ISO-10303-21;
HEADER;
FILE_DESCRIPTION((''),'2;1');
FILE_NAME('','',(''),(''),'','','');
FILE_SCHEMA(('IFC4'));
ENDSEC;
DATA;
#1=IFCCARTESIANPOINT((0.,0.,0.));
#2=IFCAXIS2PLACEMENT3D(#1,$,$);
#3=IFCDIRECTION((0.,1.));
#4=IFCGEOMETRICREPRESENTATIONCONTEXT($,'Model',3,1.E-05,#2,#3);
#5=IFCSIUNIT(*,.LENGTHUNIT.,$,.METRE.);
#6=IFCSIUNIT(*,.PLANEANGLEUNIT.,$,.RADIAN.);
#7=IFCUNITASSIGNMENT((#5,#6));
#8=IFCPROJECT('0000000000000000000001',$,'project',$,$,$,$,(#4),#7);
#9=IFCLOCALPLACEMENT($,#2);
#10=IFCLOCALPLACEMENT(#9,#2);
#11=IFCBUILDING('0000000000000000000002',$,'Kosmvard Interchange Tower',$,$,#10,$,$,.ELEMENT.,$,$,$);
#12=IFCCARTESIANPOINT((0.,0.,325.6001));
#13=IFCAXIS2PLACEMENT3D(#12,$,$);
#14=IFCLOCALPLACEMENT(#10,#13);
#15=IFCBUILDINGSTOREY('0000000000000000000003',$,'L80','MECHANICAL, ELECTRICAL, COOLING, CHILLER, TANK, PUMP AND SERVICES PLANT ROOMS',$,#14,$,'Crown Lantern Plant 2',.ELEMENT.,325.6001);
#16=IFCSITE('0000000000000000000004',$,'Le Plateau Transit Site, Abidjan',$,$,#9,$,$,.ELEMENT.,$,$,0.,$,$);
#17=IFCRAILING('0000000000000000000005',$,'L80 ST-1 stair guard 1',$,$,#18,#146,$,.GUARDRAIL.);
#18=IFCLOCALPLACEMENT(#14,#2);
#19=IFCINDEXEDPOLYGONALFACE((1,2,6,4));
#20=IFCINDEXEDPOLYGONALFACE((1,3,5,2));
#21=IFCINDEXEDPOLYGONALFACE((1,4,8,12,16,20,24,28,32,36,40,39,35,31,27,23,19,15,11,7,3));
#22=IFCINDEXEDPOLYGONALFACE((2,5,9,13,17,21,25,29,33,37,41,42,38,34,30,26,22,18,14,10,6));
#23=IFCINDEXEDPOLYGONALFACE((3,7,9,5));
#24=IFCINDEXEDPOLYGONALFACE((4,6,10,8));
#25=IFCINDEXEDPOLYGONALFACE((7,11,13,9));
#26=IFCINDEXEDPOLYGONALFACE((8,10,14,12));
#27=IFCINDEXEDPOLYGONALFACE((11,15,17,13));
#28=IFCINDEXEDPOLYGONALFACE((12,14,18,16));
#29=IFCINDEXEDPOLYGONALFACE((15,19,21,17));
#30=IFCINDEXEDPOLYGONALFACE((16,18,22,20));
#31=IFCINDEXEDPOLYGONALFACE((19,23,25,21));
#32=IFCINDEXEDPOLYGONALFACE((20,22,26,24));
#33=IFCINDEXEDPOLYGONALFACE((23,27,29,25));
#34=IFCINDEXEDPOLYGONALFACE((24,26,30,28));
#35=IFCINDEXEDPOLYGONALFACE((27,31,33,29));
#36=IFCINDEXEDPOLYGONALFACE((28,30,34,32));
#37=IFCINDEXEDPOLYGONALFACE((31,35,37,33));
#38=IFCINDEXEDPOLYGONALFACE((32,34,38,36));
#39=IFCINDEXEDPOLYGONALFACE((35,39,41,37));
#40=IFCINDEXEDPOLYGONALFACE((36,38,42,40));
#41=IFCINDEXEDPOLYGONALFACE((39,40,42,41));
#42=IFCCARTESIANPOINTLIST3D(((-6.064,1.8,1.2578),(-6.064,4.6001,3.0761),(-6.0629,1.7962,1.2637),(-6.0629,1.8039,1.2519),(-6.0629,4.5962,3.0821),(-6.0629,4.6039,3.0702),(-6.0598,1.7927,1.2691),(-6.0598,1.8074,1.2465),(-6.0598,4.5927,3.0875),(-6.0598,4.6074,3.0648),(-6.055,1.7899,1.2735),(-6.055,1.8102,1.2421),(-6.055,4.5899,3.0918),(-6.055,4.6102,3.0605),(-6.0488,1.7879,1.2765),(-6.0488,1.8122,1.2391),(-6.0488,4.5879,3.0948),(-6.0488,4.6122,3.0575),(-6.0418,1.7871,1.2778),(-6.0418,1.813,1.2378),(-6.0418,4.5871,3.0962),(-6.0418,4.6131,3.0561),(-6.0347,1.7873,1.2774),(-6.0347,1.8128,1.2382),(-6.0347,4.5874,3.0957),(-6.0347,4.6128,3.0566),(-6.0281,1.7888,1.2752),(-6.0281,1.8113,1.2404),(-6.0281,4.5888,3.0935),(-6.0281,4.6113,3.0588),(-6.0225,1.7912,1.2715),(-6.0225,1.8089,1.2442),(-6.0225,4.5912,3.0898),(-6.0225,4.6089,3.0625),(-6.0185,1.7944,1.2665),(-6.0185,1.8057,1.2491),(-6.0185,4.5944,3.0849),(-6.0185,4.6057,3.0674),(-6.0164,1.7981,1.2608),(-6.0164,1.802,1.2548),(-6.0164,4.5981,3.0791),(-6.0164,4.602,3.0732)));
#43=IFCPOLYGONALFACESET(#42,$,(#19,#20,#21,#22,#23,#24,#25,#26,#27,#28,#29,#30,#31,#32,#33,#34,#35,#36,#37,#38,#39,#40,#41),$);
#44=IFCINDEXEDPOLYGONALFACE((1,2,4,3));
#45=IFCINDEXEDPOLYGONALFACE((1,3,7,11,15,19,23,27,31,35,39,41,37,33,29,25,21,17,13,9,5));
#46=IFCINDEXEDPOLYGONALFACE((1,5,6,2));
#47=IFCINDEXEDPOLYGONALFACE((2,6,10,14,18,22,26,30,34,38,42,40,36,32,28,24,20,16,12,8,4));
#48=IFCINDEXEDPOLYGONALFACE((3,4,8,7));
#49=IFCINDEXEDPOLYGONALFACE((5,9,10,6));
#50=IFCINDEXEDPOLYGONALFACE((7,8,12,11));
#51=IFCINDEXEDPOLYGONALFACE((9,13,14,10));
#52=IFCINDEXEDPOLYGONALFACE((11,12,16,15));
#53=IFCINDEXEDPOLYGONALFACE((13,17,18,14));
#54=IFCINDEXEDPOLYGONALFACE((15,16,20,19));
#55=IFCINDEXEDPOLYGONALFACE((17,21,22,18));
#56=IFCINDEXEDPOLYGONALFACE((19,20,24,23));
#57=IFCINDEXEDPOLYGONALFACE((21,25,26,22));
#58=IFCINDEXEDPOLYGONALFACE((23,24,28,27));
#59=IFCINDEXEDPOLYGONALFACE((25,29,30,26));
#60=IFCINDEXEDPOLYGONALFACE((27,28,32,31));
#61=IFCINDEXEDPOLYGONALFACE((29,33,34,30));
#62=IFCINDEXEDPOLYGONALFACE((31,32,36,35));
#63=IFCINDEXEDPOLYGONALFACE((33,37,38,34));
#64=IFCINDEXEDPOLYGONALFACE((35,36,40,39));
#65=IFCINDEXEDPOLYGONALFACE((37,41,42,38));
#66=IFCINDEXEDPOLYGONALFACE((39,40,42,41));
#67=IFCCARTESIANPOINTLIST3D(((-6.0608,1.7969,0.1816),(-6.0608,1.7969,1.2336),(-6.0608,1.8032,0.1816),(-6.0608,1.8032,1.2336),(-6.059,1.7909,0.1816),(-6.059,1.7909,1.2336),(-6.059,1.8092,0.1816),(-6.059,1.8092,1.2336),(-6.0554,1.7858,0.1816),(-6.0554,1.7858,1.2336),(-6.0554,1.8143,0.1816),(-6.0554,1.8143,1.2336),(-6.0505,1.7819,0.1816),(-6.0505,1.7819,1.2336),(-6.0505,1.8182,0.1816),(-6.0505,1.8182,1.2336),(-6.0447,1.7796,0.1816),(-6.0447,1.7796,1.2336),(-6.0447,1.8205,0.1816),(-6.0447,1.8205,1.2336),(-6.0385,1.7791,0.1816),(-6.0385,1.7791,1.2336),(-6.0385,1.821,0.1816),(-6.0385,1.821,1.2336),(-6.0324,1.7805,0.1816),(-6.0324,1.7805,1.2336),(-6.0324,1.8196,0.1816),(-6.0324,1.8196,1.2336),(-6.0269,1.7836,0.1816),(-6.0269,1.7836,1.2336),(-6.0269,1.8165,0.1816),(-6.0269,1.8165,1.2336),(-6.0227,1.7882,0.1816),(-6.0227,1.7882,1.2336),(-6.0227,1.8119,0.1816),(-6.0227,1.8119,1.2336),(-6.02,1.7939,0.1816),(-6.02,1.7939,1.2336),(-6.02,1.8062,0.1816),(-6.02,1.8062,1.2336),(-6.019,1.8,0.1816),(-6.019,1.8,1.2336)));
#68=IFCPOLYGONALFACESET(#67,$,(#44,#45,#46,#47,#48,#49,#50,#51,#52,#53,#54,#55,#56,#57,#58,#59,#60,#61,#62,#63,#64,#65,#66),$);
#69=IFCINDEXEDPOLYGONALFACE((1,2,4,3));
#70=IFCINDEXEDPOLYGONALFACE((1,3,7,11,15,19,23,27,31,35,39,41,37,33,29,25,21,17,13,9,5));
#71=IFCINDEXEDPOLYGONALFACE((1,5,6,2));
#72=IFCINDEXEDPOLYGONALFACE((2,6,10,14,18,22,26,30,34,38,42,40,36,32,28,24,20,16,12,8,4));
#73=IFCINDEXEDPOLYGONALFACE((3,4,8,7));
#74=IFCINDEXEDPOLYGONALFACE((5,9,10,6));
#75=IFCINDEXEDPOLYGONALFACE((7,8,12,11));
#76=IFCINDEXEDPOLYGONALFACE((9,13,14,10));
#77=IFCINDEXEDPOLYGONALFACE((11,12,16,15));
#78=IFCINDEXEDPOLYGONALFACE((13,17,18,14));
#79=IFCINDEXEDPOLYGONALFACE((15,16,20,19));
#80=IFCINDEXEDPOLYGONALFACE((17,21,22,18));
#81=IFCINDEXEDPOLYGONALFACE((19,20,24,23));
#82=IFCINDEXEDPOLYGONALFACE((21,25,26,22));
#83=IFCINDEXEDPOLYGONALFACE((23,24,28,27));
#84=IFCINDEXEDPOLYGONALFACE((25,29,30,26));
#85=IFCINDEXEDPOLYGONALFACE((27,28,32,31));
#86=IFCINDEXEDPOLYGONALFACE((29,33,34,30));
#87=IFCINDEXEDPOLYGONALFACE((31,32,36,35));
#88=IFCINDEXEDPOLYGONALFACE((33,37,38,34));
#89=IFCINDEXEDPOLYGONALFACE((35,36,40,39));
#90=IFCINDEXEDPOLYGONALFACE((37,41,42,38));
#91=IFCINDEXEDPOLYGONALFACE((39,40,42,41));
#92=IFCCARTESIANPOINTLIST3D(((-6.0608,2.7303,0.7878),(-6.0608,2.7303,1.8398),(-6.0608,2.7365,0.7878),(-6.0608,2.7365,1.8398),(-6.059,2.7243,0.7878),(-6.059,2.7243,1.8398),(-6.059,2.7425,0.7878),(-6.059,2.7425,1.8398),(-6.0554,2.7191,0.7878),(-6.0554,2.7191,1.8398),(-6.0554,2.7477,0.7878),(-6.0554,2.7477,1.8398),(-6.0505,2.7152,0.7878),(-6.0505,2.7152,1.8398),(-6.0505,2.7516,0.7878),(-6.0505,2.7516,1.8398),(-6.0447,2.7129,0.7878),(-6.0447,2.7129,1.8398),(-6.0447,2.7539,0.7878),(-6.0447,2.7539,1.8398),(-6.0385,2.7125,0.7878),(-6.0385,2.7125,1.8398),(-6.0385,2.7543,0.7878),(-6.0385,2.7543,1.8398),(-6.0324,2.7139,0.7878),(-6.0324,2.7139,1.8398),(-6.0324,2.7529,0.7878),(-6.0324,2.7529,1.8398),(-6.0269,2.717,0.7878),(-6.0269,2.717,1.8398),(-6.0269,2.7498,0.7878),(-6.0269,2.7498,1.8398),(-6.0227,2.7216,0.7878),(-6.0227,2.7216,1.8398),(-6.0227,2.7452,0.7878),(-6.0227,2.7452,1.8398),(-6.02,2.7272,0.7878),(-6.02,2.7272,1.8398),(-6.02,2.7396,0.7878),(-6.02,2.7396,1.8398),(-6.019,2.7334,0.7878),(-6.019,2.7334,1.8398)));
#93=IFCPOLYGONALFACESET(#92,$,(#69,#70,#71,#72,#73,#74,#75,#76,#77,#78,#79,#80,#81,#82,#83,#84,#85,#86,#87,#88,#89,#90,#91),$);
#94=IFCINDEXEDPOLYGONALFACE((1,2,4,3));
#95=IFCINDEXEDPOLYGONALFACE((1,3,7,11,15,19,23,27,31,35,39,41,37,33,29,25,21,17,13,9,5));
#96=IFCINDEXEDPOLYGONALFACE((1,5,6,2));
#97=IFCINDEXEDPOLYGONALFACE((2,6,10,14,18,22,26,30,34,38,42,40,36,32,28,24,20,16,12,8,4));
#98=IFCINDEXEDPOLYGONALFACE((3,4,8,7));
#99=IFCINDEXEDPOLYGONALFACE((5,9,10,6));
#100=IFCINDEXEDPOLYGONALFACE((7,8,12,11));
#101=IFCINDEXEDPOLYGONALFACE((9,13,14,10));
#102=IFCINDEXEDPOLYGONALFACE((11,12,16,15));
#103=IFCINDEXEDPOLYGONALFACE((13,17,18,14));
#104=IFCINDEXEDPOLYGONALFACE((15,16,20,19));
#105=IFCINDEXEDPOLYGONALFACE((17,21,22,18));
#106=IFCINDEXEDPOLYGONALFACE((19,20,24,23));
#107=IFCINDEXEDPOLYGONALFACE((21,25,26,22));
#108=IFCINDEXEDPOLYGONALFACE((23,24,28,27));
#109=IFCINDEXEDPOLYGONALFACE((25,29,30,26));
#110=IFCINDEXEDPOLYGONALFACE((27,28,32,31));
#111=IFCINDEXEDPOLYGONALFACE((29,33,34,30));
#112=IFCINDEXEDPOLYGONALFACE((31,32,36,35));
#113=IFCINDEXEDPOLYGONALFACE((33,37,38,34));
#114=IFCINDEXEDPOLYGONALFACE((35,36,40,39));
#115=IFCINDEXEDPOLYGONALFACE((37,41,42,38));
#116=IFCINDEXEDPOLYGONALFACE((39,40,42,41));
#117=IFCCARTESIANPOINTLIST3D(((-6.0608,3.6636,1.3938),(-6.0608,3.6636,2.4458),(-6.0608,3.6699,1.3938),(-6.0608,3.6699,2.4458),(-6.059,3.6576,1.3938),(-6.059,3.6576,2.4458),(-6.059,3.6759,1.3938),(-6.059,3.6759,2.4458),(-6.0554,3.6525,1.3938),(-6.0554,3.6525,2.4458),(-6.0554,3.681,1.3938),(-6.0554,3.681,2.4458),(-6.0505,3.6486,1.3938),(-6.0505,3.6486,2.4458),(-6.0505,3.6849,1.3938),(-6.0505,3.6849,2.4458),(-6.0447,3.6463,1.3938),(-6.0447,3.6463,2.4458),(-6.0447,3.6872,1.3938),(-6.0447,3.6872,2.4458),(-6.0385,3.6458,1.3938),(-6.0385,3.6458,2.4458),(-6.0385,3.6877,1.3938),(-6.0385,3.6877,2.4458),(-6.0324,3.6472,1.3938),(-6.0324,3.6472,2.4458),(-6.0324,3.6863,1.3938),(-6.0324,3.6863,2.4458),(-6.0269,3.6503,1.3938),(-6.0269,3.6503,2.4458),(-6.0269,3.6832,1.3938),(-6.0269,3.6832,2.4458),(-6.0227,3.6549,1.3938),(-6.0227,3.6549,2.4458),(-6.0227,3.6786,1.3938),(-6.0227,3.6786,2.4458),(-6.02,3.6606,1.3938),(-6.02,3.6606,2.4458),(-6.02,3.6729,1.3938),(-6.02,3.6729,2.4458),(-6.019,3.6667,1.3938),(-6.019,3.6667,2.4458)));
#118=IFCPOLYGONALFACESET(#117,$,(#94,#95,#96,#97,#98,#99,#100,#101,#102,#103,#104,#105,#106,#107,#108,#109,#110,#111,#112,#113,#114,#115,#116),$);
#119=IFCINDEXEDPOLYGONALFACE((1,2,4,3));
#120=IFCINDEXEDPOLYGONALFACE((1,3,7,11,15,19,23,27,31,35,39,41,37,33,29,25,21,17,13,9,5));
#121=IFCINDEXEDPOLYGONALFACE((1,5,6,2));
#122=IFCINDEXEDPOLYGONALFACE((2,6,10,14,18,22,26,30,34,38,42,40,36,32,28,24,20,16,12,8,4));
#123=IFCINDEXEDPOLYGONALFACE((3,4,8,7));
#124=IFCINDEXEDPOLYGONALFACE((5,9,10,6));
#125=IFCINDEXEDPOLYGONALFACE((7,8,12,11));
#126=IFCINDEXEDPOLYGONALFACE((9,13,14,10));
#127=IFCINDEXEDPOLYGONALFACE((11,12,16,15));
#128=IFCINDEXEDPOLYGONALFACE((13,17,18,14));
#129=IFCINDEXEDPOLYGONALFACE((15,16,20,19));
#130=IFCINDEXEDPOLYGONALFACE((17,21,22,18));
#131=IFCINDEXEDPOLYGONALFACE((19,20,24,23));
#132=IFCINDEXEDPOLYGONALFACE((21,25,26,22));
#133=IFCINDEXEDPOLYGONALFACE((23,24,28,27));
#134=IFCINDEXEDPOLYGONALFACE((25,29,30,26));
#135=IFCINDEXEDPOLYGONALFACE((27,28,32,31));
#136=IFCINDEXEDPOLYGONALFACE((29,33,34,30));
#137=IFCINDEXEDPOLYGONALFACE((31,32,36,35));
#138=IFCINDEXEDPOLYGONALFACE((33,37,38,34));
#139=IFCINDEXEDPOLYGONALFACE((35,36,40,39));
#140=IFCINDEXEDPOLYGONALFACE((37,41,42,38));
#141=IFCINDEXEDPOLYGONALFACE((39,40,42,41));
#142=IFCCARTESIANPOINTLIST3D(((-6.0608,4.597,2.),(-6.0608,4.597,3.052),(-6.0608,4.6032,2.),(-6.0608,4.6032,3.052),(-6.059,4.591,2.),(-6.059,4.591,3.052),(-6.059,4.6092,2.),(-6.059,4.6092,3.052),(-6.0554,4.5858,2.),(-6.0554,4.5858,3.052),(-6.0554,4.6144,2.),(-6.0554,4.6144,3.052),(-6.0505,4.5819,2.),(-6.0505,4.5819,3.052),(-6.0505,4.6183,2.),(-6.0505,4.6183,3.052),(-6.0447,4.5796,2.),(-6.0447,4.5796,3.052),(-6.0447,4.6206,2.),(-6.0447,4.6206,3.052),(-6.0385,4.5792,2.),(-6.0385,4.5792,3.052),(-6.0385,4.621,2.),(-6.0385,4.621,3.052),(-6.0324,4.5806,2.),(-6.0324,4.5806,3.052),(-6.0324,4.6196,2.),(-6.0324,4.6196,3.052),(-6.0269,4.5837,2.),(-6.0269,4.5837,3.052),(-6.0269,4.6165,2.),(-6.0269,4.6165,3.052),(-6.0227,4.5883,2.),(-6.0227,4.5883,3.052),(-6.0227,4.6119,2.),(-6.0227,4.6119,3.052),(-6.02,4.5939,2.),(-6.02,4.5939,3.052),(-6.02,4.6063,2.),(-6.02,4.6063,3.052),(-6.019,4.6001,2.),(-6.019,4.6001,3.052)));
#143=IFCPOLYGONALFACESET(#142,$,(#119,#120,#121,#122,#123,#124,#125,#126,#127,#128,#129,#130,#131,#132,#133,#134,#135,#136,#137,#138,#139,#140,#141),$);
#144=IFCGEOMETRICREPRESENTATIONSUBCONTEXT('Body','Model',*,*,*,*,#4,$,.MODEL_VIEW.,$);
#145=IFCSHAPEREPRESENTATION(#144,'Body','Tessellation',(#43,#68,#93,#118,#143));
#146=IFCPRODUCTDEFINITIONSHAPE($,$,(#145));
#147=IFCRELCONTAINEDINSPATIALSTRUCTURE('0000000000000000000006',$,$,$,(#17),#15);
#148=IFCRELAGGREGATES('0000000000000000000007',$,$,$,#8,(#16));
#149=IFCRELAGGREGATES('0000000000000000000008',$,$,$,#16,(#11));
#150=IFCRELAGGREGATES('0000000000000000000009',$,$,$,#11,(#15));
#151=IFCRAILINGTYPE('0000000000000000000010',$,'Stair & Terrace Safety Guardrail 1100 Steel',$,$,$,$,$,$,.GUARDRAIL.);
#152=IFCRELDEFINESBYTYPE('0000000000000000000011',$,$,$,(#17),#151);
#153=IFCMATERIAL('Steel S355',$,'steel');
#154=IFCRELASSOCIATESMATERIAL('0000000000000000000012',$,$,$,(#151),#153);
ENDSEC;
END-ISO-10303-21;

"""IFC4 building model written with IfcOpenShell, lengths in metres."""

from ifc_helpers import new_model, si_unit, direction, frame, origin, origin_2d, place, context, subcontext, project, spatial, circle, extrude, source, transform, mapped, material, type_object, element, save


model = new_model("IFC4")

# Units and contexts
model_context = context("Model", 3, precision=1e-05, world=origin(), true_north=direction((0.0, 1.0)))
body_context = subcontext(model_context, "Body", "Model", "MODEL_VIEW")
ifc_project = project(units=[si_unit("LENGTHUNIT", "METRE"), si_unit("PLANEANGLEUNIT", "RADIAN")], contexts=[model_context])

# Site, building, storey
site_placement = place(None, origin())
site = spatial("IfcSite", under=ifc_project, at=site_placement, Name="Le Plateau Transit Site, Abidjan", CompositionType="ELEMENT", RefElevation=0.0)
building_placement = place(site_placement, origin())
building = spatial("IfcBuilding", under=site, at=building_placement, Name="Kosmvard Interchange Tower", CompositionType="ELEMENT")
storey_placement = place(building_placement, frame((0.0, 0.0, 325.6001)))
storey = spatial("IfcBuildingStorey", under=building, at=storey_placement, Name="L80", Description="MECHANICAL, ELECTRICAL, COOLING, CHILLER, TANK, PUMP AND SERVICES PLANT ROOMS", LongName="Crown Lantern Plant 2", CompositionType="ELEMENT", Elevation=325.6001)

# Shared definitions
ifc_material_1 = material(Name="Steel S355", Category="steel")

# Railing
railing_type_1 = type_object("IfcRailingType", Name="Stair & Terrace Safety Guardrail 1100 Steel", PredefinedType="GUARDRAIL", material=ifc_material_1)
shared_shape_1 = source(origin(), body_context, "Body", "SweptSolid", [
    extrude(circle(Radius=0.0239, at=origin_2d()), frame((0.0, 0.0, 1.0762), z_axis=(0.0, 0.838672, 0.544636), x_axis=(-1.0, 0.0, 0.0)), (0.0, 0.0, 1.0), 3.3386),
    extrude(circle(Radius=0.021, at=origin_2d()), origin(), (0.0, 0.0, 1.0), 1.052),
    extrude(circle(Radius=0.021, at=origin_2d()), frame((0.0, 0.9333, 0.6062)), (0.0, 0.0, 1.0), 1.052),
    extrude(circle(Radius=0.021, at=origin_2d()), frame((0.0, 1.8667, 1.2122)), (0.0, 0.0, 1.0), 1.052),
    extrude(circle(Radius=0.021, at=origin_2d()), frame((0.0, 2.8, 1.8184)), (0.0, 0.0, 1.0), 1.052),
])
railing_1_placement = place(storey_placement, frame((-6.04, 1.8, 0.1816)))
element("IfcRailing", 1, at=railing_1_placement, inside=storey, type_object=railing_type_1, Name="L80 ST-1 stair guard 1", PredefinedType="GUARDRAIL", context=body_context, shape_type="MappedRepresentation", body=[
    mapped(shared_shape_1, transform((0.0, 0.0, 0.0), scale=1.0)),
])

save(model, "model.ifc")
